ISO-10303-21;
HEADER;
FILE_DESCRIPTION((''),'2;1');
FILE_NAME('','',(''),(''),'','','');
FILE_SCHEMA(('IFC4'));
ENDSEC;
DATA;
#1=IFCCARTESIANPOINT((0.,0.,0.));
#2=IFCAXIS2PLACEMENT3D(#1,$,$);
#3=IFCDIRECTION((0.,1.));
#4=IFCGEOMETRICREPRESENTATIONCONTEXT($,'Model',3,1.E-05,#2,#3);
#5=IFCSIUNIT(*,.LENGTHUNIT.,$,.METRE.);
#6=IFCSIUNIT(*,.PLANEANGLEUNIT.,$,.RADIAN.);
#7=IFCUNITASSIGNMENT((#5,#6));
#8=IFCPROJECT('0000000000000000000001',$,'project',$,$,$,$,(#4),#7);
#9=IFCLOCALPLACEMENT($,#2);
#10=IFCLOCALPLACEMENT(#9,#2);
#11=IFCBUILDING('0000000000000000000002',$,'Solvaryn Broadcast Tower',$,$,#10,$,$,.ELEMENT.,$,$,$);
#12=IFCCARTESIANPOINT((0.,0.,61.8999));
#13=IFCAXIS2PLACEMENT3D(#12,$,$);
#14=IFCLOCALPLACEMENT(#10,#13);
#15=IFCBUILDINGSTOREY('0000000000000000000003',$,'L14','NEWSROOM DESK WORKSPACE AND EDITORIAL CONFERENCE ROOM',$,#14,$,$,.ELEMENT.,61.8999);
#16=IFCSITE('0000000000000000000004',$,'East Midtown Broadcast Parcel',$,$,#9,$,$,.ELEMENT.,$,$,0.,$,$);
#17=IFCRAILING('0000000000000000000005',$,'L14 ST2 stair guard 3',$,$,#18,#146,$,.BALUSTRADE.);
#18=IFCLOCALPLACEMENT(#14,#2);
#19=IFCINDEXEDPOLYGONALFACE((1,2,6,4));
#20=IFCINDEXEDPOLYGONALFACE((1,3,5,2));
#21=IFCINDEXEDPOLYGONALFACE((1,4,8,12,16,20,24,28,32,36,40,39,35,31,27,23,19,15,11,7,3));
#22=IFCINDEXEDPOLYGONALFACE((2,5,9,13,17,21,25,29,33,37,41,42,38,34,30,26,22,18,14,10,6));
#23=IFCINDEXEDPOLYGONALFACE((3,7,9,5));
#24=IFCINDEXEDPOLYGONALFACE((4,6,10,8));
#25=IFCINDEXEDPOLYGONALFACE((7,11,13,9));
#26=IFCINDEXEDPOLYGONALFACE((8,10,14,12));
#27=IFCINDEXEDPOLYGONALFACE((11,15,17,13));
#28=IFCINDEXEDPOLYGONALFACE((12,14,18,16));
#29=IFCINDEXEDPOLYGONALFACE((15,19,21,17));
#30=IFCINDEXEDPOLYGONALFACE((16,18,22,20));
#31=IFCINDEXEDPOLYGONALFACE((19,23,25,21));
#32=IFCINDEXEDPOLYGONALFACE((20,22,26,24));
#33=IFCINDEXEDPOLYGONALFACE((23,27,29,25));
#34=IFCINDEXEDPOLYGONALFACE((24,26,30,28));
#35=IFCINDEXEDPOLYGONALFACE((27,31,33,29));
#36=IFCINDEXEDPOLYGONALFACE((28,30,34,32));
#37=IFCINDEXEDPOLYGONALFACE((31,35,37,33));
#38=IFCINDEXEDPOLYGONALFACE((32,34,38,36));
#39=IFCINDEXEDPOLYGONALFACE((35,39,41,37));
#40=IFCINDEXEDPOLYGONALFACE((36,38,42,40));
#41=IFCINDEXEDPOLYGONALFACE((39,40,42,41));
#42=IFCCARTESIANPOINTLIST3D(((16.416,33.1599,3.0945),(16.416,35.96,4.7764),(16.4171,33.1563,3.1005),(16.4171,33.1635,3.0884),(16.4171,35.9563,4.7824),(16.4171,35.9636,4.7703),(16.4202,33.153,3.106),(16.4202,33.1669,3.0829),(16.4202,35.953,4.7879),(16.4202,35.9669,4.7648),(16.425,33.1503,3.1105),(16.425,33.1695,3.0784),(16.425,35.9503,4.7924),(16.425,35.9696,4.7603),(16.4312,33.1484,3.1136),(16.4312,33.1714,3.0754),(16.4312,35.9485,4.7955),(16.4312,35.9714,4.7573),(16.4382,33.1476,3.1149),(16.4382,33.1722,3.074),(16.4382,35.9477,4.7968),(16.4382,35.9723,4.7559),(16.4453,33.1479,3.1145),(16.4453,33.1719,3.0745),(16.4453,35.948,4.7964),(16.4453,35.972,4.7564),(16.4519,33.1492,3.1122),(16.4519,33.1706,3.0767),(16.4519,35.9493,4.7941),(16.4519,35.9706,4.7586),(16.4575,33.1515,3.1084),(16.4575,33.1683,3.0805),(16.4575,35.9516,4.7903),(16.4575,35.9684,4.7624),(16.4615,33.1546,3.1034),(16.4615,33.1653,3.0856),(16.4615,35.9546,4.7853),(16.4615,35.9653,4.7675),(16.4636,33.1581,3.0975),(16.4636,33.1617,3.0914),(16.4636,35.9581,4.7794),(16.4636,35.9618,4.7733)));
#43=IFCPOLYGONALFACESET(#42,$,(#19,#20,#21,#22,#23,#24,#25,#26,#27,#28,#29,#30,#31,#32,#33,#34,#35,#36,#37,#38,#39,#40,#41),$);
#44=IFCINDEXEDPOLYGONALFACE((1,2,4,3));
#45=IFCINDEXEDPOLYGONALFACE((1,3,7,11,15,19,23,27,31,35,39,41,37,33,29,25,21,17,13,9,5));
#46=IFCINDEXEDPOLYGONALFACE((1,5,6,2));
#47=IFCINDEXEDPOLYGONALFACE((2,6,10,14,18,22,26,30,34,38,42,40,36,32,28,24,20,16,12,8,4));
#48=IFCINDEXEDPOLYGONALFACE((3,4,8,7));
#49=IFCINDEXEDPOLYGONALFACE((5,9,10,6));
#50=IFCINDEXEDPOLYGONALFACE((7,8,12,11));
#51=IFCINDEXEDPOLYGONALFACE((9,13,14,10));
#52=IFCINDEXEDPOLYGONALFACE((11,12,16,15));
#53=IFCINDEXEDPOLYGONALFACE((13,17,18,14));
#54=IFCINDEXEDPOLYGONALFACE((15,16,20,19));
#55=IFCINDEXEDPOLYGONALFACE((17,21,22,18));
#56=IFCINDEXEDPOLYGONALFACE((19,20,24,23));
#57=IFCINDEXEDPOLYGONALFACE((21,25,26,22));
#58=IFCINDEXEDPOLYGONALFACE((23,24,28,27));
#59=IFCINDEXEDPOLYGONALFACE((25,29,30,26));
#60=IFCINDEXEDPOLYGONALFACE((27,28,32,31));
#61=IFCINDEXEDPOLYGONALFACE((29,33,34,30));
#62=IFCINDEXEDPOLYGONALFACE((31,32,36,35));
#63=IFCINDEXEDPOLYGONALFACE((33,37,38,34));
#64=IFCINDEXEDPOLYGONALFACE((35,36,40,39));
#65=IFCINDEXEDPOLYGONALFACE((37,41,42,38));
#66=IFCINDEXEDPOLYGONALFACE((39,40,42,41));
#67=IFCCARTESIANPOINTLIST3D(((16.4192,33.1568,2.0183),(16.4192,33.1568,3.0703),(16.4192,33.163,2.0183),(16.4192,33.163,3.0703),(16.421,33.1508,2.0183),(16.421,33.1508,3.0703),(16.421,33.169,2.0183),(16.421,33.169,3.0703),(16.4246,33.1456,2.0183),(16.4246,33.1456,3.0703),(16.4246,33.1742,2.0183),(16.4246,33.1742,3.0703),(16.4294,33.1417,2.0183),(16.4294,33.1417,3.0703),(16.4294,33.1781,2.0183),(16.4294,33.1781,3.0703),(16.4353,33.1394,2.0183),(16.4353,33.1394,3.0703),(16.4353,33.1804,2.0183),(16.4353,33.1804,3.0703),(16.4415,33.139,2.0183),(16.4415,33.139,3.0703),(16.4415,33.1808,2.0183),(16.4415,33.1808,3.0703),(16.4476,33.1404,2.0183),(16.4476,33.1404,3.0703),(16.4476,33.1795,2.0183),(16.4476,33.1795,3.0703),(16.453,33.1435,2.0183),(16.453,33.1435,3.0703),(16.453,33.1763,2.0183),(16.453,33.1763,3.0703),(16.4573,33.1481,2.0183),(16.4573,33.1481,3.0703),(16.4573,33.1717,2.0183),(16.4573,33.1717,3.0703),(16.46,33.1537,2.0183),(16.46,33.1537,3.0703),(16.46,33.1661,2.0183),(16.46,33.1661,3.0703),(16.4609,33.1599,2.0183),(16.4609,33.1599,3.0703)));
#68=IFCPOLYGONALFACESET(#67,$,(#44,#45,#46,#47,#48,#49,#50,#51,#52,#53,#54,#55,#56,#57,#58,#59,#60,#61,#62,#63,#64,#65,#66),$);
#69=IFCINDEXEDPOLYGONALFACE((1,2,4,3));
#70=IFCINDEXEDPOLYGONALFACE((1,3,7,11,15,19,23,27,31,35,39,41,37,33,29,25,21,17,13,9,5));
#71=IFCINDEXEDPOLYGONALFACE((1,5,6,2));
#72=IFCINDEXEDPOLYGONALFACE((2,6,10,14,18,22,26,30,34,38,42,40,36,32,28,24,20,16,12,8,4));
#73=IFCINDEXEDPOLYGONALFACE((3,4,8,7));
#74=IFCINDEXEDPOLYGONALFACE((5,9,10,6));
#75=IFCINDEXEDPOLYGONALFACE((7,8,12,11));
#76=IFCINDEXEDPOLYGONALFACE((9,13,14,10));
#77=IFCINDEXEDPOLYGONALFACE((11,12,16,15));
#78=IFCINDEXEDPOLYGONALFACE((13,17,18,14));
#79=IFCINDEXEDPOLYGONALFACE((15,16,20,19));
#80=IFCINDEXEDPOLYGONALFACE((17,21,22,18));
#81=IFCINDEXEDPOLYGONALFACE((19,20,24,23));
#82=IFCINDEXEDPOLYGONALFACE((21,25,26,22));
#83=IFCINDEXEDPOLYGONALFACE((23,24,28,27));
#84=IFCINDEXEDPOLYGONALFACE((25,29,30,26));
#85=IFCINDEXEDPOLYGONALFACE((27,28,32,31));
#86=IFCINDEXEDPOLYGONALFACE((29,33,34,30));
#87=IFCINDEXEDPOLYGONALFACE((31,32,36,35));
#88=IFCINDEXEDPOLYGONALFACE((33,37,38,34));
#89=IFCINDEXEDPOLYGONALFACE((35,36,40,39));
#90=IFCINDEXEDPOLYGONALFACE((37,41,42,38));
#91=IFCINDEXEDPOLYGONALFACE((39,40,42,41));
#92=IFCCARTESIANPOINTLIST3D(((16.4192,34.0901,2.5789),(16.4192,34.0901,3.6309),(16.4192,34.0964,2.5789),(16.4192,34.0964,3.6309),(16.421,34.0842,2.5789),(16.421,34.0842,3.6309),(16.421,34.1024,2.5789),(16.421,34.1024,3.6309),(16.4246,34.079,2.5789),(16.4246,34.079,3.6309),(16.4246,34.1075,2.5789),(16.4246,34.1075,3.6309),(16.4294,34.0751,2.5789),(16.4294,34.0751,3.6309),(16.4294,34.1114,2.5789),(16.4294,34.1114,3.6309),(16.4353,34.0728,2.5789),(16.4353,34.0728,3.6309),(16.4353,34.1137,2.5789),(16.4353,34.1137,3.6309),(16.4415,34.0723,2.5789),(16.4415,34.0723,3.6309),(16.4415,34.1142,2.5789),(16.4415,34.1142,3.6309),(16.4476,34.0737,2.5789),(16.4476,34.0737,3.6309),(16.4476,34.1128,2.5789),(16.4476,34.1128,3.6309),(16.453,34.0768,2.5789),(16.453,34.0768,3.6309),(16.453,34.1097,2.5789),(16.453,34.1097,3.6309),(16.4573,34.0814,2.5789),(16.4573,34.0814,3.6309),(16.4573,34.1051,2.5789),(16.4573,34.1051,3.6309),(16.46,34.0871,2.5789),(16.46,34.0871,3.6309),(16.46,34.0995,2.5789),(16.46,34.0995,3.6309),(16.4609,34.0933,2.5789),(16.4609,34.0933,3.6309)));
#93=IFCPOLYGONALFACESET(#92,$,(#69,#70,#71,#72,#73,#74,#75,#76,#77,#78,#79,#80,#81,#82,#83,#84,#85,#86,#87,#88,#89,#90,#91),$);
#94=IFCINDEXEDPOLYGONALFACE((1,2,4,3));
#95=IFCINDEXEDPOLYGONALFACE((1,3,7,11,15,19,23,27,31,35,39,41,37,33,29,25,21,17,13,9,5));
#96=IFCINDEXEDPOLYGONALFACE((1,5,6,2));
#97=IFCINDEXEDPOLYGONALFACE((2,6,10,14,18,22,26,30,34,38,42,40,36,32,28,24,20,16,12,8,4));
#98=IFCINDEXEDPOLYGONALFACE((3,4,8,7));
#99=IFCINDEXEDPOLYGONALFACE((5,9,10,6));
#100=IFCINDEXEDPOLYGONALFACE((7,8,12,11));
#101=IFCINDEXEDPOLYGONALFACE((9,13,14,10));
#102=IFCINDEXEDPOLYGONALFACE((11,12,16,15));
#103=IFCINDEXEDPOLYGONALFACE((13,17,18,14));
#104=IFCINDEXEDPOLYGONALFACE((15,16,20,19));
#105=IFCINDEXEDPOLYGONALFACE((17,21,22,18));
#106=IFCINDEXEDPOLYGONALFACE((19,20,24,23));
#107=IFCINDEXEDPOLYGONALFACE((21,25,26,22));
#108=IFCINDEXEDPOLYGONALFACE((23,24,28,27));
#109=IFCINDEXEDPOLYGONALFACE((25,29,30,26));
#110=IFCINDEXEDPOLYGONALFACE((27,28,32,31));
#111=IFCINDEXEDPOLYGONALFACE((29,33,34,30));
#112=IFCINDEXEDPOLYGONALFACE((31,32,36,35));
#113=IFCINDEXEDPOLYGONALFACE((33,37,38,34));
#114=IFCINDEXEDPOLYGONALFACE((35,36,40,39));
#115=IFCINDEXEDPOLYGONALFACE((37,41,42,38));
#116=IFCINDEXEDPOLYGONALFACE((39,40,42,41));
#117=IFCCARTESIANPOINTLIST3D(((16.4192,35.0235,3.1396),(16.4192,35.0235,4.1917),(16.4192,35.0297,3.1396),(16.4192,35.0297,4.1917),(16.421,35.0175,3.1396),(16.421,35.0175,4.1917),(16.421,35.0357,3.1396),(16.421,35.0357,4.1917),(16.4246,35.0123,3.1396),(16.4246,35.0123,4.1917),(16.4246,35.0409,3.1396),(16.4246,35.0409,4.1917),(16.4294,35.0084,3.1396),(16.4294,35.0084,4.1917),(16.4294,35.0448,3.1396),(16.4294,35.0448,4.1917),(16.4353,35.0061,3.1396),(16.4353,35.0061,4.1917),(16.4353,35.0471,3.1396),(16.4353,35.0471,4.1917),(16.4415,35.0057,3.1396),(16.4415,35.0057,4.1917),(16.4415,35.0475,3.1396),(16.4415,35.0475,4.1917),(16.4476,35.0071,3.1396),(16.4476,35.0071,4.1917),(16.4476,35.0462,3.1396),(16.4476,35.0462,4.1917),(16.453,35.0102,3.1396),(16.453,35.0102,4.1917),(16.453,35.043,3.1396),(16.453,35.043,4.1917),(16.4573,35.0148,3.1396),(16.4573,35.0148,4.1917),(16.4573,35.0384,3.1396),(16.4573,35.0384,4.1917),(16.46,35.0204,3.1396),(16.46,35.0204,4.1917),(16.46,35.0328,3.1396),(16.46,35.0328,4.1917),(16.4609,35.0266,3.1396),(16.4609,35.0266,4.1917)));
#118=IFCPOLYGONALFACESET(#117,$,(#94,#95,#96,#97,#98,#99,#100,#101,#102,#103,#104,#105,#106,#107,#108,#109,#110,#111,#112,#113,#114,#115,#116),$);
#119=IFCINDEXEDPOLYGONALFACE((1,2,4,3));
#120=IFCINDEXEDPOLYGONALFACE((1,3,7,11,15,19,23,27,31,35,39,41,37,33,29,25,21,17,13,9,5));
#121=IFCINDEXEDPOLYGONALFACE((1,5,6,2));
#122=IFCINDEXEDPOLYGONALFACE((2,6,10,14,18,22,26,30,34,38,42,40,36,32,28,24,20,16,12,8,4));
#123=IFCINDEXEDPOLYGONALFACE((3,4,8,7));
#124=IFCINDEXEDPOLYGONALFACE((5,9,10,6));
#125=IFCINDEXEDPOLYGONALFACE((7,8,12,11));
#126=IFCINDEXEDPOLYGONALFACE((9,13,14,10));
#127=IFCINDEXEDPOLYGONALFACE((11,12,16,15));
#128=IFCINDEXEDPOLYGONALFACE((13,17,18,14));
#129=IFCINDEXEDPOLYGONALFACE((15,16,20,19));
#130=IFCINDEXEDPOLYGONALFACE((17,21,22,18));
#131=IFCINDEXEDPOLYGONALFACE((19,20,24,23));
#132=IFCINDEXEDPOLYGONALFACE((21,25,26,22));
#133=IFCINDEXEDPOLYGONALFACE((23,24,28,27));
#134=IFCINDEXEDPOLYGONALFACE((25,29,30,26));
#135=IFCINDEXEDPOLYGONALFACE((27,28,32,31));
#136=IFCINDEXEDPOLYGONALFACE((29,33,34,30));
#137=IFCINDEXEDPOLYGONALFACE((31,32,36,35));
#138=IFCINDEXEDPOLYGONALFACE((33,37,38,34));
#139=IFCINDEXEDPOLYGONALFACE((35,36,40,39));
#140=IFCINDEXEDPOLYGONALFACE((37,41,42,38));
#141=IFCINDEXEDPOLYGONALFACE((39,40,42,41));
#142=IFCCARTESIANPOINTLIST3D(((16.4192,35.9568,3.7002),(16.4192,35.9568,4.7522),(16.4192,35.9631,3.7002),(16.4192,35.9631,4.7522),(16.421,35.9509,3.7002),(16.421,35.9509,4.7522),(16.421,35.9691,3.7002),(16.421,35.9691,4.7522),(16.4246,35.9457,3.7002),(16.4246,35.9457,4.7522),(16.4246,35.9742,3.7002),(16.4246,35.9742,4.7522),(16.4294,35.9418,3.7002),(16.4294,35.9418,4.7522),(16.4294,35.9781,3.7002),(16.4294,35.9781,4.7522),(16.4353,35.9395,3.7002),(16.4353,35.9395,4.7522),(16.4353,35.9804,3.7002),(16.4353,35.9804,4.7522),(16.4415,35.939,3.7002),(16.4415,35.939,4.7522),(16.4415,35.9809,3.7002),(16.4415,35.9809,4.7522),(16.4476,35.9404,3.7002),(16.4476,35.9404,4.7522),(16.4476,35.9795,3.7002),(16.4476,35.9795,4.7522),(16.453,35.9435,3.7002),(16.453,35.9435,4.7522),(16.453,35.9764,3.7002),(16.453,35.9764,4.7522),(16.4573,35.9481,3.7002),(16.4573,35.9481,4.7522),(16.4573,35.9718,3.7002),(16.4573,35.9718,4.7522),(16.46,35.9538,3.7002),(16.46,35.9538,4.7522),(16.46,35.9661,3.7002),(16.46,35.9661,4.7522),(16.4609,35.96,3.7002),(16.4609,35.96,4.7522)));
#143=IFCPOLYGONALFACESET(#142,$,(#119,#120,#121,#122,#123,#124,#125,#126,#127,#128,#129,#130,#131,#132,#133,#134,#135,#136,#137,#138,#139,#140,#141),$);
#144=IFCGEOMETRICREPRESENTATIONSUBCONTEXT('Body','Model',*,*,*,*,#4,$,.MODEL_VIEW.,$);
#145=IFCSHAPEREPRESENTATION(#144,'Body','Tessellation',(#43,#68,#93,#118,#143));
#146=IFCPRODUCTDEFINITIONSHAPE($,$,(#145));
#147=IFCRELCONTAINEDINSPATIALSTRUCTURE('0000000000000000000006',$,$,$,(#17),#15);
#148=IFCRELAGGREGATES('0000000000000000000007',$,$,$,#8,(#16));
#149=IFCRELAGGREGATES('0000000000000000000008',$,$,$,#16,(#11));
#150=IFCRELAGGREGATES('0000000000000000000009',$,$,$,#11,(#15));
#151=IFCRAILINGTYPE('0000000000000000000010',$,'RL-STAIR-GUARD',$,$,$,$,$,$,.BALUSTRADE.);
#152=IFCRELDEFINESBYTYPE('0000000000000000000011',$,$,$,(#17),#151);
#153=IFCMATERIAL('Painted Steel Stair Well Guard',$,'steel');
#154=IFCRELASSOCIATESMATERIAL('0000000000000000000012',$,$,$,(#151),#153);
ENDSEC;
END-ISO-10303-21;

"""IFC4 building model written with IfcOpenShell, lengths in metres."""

from ifc_helpers import new_model, si_unit, direction, frame, origin, origin_2d, place, context, subcontext, project, spatial, circle, extrude, material, type_object, element, save


model = new_model("IFC4")

# Units and contexts
model_context = context("Model", 3, precision=1e-05, world=origin(), true_north=direction((0.0, 1.0)))
body_context = subcontext(model_context, "Body", "Model", "MODEL_VIEW")
ifc_project = project(units=[si_unit("LENGTHUNIT", "METRE"), si_unit("PLANEANGLEUNIT", "RADIAN")], contexts=[model_context])

# Site, building, storey
site_placement = place(None, origin())
site = spatial("IfcSite", under=ifc_project, at=site_placement, Name="East Midtown Broadcast Parcel", CompositionType="ELEMENT", RefElevation=0.0)
building_placement = place(site_placement, origin())
building = spatial("IfcBuilding", under=site, at=building_placement, Name="Solvaryn Broadcast Tower", CompositionType="ELEMENT")
storey_placement = place(building_placement, frame((0.0, 0.0, 61.8999)))
storey = spatial("IfcBuildingStorey", under=building, at=storey_placement, Name="L14", Description="NEWSROOM DESK WORKSPACE AND EDITORIAL CONFERENCE ROOM", CompositionType="ELEMENT", Elevation=61.8999)

# Railing
ifc_material_1 = material(Name="Painted Steel Stair Well Guard", Category="steel")
railing_type_1 = type_object("IfcRailingType", Name="RL-STAIR-GUARD", PredefinedType="BALUSTRADE", material=ifc_material_1)
railing_1_placement = place(storey_placement, frame((16.4399, 33.1599, 2.0183)))
element("IfcRailing", 1, at=railing_1_placement, inside=storey, type_object=railing_type_1, Name="L14 ST2 stair guard 3", PredefinedType="BALUSTRADE", context=body_context, shape_type="SweptSolid", body=[
    extrude(circle(Radius=0.0239, at=origin_2d()), frame((0.0, 0.0, 1.0762), z_axis=(0.0, 0.857242, 0.514913), x_axis=(-1.0, 0.0, 0.0)), (0.0, 0.0, 1.0), 3.2664),
    extrude(circle(Radius=0.021, at=origin_2d()), origin(), (0.0, 0.0, 1.0), 1.052),
    extrude(circle(Radius=0.021, at=origin_2d()), frame((0.0, 0.9333, 0.5605)), (0.0, 0.0, 1.0), 1.052),
    extrude(circle(Radius=0.021, at=origin_2d()), frame((0.0, 1.8667, 1.1213)), (0.0, 0.0, 1.0), 1.052),
    extrude(circle(Radius=0.021, at=origin_2d()), frame((0.0, 2.8, 1.6819)), (0.0, 0.0, 1.0), 1.052),
])

save(model, "model.ifc")
